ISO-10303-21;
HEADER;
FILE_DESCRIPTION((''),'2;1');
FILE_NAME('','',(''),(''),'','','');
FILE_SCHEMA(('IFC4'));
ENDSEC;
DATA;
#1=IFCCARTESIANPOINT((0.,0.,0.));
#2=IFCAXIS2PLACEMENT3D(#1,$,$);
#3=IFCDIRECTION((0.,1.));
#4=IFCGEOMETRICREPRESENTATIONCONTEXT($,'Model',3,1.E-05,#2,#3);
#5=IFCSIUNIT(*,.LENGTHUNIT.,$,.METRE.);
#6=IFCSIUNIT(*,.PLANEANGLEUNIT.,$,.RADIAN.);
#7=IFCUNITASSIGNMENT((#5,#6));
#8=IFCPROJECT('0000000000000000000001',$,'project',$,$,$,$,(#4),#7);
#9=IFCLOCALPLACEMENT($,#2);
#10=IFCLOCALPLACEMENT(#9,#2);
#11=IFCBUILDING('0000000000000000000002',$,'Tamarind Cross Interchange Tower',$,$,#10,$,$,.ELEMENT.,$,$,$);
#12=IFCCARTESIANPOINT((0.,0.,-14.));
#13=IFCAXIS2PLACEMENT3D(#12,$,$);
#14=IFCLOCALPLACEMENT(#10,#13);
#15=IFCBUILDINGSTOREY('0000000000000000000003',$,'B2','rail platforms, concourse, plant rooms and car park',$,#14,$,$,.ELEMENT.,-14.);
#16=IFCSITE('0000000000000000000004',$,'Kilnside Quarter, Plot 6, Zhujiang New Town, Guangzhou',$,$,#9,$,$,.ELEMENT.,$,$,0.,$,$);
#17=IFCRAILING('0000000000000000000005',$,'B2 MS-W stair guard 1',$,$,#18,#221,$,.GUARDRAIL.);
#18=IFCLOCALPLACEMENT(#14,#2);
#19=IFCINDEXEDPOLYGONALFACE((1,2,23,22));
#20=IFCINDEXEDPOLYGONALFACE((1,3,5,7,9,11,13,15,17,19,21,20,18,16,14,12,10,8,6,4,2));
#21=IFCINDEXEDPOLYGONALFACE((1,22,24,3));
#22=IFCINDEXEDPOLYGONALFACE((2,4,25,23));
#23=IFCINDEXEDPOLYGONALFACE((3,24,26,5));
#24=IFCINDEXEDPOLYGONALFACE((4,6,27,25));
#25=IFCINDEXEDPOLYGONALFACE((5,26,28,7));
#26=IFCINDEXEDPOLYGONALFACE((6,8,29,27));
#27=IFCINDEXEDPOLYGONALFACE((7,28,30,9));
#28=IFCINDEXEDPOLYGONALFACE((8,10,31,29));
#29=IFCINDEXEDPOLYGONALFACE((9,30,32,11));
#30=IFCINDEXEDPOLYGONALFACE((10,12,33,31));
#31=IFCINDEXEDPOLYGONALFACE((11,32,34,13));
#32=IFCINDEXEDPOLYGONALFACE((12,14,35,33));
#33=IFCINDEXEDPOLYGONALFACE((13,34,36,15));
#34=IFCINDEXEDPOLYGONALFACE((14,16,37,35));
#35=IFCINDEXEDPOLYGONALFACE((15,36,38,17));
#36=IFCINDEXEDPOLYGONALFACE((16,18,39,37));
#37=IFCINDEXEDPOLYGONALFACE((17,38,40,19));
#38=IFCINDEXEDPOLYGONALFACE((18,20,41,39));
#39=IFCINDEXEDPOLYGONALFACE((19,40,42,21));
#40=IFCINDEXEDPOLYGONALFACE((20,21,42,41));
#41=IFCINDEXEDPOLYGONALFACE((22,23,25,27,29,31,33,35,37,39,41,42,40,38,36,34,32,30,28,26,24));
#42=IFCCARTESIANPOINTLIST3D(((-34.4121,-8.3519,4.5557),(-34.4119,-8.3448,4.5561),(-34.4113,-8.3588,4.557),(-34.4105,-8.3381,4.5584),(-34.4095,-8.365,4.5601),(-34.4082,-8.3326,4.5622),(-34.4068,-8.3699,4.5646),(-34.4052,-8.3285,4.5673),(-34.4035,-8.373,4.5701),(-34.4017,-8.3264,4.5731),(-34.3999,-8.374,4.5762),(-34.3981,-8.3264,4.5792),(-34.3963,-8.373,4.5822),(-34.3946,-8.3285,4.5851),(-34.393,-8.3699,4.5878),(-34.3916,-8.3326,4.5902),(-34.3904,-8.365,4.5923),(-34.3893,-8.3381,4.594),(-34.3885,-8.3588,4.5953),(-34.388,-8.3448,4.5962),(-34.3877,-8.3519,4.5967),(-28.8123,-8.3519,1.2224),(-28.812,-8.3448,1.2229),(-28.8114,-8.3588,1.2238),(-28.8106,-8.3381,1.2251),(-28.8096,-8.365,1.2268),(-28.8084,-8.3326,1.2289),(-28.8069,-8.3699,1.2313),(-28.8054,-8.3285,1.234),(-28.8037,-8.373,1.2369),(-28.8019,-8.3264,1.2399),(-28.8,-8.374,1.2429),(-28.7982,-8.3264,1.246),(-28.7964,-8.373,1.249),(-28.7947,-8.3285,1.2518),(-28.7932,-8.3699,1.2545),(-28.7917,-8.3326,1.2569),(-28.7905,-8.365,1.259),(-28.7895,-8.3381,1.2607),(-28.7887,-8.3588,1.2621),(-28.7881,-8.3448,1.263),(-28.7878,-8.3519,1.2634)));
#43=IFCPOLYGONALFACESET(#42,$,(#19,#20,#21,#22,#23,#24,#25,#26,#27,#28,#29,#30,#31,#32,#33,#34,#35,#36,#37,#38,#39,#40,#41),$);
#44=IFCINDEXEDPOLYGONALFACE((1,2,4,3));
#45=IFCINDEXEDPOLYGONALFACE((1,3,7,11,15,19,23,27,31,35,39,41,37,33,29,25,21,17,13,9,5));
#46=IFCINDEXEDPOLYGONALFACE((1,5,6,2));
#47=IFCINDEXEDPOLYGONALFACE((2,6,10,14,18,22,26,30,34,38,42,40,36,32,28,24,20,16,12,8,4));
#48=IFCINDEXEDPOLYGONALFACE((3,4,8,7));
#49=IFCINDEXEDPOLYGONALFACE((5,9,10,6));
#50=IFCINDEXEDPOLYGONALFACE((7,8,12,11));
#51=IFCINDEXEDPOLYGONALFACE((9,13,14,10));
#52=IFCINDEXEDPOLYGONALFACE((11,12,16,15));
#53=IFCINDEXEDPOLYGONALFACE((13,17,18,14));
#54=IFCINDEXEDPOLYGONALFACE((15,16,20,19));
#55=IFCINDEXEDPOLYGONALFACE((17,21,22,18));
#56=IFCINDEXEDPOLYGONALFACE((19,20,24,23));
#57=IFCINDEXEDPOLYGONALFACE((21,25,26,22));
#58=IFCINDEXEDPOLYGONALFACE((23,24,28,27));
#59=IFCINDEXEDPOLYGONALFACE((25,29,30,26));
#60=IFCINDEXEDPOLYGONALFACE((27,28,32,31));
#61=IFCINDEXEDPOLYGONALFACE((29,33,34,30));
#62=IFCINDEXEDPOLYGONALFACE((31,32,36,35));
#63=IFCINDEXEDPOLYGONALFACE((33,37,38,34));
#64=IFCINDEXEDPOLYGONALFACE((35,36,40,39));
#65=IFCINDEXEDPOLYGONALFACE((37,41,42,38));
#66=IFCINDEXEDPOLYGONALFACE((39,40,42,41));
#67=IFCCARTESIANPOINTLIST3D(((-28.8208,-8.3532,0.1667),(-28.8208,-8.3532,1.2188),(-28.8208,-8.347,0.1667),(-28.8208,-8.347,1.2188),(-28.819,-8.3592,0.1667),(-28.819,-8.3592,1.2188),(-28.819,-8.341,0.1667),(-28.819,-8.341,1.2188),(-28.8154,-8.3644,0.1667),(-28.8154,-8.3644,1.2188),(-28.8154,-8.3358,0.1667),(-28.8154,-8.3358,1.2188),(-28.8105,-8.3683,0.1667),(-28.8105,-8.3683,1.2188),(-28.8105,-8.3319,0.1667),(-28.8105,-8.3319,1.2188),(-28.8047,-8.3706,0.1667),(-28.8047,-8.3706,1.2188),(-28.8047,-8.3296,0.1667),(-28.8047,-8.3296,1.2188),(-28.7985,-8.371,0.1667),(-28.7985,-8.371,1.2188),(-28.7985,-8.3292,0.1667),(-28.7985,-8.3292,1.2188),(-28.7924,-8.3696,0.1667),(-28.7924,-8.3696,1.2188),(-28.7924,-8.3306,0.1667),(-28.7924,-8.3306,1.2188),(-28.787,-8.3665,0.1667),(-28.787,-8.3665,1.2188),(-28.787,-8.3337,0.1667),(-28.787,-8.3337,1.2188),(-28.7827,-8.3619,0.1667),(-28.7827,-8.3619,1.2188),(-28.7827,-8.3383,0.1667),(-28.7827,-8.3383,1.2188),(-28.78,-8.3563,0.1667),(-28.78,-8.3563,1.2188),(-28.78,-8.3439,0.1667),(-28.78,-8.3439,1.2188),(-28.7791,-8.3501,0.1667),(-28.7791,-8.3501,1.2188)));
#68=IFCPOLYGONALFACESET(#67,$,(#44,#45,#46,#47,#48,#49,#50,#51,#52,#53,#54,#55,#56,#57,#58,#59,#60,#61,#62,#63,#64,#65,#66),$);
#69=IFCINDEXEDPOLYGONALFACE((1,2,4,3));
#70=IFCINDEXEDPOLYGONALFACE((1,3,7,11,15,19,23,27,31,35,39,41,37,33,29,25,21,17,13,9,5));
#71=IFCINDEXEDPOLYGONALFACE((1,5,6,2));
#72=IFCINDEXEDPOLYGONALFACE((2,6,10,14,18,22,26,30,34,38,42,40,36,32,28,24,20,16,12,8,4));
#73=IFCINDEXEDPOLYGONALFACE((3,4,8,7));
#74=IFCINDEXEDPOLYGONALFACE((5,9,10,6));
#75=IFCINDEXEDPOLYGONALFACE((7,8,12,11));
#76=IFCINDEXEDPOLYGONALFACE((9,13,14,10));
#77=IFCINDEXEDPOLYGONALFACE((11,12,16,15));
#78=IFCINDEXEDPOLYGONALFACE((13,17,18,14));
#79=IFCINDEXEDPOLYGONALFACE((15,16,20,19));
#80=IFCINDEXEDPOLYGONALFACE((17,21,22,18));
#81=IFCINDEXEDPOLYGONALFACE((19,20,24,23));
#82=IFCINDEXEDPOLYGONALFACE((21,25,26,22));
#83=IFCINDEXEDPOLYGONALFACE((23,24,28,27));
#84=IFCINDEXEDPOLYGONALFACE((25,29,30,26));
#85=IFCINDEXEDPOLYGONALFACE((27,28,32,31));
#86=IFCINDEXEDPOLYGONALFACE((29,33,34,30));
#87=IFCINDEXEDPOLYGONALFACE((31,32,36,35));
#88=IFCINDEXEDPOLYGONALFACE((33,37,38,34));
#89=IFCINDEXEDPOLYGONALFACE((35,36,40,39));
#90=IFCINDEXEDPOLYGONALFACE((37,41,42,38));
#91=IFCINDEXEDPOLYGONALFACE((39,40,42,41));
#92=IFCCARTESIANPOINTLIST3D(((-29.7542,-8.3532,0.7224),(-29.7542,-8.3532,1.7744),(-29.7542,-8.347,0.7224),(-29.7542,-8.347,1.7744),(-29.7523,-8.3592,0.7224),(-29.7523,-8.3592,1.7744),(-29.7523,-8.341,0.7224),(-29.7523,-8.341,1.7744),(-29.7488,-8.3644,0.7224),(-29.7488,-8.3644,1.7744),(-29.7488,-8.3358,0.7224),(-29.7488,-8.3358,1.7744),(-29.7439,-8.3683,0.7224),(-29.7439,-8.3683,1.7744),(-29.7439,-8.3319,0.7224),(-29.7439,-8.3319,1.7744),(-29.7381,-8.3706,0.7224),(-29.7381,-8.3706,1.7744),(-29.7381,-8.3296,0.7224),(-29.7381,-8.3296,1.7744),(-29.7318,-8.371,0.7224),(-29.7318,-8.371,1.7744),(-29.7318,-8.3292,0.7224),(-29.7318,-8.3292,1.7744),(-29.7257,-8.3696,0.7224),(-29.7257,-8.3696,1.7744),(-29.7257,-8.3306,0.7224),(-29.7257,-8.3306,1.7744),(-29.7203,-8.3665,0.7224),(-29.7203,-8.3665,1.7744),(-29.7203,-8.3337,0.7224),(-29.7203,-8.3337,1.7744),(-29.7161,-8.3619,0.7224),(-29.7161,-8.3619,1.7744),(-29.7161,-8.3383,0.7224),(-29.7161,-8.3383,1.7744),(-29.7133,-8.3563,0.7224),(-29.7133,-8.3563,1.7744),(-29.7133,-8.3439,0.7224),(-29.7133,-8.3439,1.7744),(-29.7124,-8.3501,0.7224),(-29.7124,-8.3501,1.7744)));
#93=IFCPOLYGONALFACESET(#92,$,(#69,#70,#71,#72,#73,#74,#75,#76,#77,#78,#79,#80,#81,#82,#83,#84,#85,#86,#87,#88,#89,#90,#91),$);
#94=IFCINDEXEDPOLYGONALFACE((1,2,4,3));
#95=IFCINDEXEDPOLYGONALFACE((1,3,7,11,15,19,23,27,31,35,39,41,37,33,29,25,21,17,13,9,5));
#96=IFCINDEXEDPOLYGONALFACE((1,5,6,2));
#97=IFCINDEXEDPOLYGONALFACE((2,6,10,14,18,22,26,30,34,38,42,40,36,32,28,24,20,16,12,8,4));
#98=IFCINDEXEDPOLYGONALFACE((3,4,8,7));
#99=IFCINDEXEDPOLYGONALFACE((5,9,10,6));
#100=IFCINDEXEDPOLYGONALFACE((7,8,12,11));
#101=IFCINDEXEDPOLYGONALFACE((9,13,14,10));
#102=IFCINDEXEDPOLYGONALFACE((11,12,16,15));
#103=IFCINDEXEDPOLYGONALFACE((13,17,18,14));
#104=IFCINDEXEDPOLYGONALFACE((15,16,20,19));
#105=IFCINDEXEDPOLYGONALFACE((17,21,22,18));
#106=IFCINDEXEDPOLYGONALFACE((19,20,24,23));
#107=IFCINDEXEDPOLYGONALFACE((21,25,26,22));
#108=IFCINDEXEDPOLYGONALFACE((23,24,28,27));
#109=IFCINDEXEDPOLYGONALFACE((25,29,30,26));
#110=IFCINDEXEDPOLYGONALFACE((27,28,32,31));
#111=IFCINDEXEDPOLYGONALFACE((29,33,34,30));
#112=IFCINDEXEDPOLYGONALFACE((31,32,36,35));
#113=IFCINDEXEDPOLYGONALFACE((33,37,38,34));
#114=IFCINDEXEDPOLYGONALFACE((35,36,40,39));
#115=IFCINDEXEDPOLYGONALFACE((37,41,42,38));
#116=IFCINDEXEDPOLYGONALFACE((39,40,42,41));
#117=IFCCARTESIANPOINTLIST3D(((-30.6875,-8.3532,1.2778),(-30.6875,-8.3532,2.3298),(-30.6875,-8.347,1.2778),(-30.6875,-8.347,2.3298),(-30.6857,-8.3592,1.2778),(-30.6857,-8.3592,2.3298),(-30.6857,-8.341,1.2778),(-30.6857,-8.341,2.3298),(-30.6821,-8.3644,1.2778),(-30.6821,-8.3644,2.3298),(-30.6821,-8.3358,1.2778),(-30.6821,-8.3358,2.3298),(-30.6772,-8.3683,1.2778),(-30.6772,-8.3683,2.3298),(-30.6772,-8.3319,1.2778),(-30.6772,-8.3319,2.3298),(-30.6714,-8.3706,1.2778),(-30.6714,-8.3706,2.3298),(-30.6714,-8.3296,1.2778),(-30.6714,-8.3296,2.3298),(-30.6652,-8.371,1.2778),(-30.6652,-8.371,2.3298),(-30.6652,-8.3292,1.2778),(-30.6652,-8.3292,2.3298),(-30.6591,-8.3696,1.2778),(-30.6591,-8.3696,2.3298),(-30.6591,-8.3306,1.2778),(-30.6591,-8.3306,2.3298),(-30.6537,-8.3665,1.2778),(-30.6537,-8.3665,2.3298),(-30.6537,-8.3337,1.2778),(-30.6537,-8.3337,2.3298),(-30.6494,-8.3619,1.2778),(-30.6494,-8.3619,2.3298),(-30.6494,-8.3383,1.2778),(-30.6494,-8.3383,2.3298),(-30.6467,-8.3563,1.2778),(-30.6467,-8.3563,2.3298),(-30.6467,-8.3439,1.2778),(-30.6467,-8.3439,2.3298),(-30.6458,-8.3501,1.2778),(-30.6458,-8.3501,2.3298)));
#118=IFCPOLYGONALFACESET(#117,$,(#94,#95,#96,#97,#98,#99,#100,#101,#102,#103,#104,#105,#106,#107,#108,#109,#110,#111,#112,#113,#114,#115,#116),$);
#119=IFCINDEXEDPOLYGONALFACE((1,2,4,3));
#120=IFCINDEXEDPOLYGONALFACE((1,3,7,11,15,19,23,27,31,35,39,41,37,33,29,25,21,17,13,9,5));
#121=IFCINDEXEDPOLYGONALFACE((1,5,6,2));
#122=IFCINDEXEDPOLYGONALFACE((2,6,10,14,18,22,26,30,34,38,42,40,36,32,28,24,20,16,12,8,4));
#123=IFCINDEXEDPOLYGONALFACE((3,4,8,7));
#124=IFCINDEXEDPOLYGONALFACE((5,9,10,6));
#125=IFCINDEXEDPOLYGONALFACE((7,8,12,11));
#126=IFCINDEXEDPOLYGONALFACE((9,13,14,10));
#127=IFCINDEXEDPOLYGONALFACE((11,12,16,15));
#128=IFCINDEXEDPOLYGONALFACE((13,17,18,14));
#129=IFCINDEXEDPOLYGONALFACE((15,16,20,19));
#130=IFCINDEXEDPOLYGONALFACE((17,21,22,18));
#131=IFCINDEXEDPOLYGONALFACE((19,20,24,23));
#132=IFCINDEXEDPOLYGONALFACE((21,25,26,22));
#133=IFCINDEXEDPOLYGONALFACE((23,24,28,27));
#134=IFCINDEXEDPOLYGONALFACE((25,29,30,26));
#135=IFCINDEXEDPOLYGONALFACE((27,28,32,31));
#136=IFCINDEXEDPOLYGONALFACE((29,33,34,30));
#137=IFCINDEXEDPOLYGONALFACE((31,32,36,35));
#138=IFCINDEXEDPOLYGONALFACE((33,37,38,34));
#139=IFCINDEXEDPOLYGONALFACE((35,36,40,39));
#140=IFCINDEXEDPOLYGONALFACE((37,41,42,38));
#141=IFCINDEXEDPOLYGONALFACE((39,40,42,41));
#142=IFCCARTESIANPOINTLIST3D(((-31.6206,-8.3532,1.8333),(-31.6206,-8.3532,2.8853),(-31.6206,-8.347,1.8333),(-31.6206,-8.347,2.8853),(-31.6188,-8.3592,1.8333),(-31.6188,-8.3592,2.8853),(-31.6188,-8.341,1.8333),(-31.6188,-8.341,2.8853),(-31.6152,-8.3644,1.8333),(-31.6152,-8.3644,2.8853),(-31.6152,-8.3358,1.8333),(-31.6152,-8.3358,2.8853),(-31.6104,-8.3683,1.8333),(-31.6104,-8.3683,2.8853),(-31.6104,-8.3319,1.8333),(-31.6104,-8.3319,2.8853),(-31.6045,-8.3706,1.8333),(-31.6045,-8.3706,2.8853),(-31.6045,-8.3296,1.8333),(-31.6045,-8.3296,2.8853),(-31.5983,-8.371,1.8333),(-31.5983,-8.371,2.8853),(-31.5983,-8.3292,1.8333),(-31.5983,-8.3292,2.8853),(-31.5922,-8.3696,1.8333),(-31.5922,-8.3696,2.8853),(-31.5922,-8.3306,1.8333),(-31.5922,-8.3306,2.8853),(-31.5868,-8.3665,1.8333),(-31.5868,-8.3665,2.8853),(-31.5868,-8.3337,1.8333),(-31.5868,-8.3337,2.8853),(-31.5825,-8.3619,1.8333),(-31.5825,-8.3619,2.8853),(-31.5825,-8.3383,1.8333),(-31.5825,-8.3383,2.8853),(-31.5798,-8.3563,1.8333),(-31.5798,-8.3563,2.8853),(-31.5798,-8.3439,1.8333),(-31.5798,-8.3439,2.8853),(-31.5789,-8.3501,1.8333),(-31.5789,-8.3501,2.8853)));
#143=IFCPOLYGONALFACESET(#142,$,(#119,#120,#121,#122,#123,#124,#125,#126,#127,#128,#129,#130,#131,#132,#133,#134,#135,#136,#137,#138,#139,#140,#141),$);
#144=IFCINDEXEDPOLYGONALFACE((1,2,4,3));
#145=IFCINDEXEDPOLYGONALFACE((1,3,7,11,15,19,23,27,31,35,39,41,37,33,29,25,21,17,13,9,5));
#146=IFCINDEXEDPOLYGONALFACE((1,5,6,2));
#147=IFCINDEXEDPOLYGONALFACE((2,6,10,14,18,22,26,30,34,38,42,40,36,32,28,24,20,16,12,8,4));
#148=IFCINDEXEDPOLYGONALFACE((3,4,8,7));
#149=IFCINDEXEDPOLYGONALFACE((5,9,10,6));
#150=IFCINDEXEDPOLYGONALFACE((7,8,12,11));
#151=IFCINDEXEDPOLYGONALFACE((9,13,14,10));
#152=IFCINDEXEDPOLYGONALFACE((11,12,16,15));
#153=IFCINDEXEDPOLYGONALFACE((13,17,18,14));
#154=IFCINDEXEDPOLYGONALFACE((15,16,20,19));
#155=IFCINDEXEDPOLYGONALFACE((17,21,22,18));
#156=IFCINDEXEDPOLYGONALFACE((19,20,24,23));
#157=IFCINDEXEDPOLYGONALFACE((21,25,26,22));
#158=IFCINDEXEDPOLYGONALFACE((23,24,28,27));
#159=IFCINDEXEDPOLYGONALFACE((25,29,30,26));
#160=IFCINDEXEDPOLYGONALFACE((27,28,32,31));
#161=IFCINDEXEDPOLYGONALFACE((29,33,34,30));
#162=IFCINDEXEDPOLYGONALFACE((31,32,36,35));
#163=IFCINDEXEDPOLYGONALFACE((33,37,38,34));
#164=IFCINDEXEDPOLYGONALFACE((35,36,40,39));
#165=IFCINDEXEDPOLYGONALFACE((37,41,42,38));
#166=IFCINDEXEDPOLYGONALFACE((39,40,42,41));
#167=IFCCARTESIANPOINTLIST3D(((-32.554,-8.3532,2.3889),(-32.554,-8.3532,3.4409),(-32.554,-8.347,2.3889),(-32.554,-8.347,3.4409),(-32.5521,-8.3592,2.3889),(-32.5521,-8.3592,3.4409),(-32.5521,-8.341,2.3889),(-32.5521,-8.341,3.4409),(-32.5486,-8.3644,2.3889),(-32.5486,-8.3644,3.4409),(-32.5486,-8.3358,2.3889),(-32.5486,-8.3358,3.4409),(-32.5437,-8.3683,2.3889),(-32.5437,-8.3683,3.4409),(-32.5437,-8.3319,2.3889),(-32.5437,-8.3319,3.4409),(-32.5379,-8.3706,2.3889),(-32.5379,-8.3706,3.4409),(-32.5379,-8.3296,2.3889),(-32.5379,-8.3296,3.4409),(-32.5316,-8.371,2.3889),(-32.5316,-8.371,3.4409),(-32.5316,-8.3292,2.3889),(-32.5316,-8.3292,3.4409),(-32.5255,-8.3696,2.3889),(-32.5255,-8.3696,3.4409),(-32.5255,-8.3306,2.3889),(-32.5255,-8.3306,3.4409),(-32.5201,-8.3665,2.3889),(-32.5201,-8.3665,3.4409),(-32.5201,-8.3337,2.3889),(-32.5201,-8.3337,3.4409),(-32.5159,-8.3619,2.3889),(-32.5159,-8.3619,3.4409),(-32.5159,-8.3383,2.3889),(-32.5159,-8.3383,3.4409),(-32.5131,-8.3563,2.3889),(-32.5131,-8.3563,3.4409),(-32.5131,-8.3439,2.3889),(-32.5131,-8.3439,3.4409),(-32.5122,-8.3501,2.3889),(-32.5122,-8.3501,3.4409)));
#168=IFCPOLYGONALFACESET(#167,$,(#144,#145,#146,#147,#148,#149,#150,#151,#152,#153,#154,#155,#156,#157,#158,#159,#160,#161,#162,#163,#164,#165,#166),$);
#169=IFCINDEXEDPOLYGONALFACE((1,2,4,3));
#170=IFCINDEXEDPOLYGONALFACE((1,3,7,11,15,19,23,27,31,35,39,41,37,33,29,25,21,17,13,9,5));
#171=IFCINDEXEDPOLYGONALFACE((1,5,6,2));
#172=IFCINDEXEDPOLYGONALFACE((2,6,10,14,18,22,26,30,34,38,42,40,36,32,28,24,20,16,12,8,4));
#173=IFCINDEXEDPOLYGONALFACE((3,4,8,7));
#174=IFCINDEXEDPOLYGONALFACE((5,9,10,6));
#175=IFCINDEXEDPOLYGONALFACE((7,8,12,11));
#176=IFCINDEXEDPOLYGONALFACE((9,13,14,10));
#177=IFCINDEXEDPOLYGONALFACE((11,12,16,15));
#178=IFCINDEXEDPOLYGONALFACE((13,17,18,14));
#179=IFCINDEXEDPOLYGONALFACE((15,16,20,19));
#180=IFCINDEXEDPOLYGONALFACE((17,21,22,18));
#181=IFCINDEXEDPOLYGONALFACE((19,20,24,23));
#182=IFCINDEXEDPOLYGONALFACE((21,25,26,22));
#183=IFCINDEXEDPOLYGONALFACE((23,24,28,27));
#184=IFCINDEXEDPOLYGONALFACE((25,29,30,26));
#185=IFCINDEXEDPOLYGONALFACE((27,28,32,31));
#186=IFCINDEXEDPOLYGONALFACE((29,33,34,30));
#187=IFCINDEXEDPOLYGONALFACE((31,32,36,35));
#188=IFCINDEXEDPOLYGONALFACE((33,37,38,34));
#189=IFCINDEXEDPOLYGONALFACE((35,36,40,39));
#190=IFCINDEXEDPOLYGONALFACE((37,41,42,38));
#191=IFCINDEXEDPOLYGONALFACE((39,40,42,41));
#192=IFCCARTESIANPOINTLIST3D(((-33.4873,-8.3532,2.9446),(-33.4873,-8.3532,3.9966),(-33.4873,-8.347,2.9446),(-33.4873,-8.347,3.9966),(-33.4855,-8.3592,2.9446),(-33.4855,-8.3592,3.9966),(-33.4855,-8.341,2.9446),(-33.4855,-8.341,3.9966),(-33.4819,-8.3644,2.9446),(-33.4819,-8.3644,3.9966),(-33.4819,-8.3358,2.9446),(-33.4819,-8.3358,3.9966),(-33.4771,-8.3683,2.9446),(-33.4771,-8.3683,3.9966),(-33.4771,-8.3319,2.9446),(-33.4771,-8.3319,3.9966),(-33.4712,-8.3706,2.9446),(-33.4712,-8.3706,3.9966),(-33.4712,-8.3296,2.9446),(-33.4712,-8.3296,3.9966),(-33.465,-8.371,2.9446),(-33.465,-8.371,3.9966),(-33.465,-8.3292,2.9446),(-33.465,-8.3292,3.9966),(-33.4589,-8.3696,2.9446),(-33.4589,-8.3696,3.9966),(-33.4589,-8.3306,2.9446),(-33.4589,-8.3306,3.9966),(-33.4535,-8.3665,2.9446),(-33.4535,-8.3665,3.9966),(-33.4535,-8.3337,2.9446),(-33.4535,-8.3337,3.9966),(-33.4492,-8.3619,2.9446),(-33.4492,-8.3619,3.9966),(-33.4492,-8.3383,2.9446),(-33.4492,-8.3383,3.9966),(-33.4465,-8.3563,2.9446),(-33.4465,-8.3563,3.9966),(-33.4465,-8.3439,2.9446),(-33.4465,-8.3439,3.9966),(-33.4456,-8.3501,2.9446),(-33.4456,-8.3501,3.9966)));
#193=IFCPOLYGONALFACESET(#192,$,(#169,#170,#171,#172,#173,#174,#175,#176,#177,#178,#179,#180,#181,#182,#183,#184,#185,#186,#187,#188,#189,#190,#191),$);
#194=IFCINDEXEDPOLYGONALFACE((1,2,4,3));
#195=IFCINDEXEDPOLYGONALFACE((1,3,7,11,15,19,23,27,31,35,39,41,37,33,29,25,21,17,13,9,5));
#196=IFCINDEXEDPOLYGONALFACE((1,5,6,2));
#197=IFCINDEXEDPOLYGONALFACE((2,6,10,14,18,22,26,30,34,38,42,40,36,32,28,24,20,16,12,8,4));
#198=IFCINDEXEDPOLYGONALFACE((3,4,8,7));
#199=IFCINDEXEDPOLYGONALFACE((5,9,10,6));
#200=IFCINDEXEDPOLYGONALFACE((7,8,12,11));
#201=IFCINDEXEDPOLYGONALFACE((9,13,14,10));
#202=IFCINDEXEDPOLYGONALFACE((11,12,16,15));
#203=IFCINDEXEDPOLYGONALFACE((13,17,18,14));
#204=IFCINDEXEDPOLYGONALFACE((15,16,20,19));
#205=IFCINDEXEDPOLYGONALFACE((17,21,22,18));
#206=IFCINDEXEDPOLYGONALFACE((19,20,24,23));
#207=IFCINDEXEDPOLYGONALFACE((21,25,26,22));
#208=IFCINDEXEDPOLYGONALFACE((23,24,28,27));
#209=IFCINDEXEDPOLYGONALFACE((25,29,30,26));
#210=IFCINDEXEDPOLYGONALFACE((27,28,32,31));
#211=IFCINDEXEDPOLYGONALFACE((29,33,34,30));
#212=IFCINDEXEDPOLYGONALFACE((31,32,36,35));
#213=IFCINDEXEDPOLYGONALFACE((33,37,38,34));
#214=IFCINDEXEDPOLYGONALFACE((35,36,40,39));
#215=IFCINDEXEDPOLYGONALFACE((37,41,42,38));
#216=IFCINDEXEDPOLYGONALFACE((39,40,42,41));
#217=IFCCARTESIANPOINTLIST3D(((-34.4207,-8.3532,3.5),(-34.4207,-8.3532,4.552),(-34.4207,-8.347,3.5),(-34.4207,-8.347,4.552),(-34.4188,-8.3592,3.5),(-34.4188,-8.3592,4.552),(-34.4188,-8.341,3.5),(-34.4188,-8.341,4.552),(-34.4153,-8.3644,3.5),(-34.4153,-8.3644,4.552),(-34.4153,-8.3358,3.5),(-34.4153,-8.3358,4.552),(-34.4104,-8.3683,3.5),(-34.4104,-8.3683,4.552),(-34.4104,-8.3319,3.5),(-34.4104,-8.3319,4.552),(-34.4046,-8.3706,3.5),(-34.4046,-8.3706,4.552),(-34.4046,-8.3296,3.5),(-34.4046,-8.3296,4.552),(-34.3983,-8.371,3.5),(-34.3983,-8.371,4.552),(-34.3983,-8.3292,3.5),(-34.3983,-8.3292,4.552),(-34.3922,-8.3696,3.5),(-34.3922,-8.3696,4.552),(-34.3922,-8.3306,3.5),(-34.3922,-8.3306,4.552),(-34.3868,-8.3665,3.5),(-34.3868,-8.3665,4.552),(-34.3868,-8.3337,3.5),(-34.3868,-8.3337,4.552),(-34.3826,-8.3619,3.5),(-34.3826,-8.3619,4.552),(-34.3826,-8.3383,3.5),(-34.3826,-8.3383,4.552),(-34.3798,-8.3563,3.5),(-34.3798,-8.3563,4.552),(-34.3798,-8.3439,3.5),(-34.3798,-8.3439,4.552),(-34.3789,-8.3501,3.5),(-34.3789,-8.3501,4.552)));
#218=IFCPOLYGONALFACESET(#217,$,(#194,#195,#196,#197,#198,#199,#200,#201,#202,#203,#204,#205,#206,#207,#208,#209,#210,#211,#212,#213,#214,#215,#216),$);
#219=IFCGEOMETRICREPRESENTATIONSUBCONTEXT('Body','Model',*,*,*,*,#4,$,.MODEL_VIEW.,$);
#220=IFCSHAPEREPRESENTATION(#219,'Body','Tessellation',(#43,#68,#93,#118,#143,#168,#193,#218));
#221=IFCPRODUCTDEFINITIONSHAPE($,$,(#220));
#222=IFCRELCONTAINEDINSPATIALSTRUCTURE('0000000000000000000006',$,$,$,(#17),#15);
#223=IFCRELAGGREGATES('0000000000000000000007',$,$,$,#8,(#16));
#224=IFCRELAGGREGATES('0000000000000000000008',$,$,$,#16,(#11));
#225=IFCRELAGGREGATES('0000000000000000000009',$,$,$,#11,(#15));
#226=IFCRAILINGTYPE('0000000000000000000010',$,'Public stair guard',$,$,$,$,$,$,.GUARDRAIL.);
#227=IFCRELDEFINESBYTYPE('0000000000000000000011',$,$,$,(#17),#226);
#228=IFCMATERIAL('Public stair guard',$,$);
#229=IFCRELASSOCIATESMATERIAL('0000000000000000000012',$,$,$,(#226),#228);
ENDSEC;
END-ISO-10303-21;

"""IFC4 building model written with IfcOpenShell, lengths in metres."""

from ifc_helpers import new_model, si_unit, direction, frame, origin, origin_2d, place, context, subcontext, project, spatial, circle, extrude, material, type_object, element, save


model = new_model("IFC4")

# Units and contexts
model_context = context("Model", 3, precision=1e-05, world=origin(), true_north=direction((0.0, 1.0)))
body_context = subcontext(model_context, "Body", "Model", "MODEL_VIEW")
ifc_project = project(units=[si_unit("LENGTHUNIT", "METRE"), si_unit("PLANEANGLEUNIT", "RADIAN")], contexts=[model_context])

# Site, building, storey
site_placement = place(None, origin())
site = spatial("IfcSite", under=ifc_project, at=site_placement, Name="Kilnside Quarter, Plot 6, Zhujiang New Town, Guangzhou", CompositionType="ELEMENT", RefElevation=0.0)
building_placement = place(site_placement, origin())
building = spatial("IfcBuilding", under=site, at=building_placement, Name="Tamarind Cross Interchange Tower", CompositionType="ELEMENT")
storey_placement = place(building_placement, frame((0.0, 0.0, -14.0)))
storey = spatial("IfcBuildingStorey", under=building, at=storey_placement, Name="B2", Description="rail platforms, concourse, plant rooms and car park", CompositionType="ELEMENT", Elevation=-14.0)

# Railing
ifc_material_1 = material(Name="Public stair guard")
railing_type_1 = type_object("IfcRailingType", Name="Public stair guard", PredefinedType="GUARDRAIL", material=ifc_material_1)
railing_1_placement = place(storey_placement, frame((-28.8, -8.3501, 0.1667)))
element("IfcRailing", 1, at=railing_1_placement, inside=storey, type_object=railing_type_1, Name="B2 MS-W stair guard 1", PredefinedType="GUARDRAIL", context=body_context, shape_type="SweptSolid", body=[
    extrude(circle(Radius=0.0239, at=origin_2d()), frame((0.0, 0.0, 1.0762), z_axis=(-0.859292, 0.0, 0.511485), x_axis=(0.0, -1.0, 0.0)), (0.0, 0.0, 1.0), 6.5168),
    extrude(circle(Radius=0.021, at=origin_2d()), origin(), (0.0, 0.0, 1.0), 1.052),
    extrude(circle(Radius=0.021, at=origin_2d()), frame((-0.9333, 0.0, 0.5557)), (0.0, 0.0, 1.0), 1.052),
    extrude(circle(Radius=0.021, at=origin_2d()), frame((-1.8667, 0.0, 1.1111)), (0.0, 0.0, 1.0), 1.052),
    extrude(circle(Radius=0.021, at=origin_2d()), frame((-2.7998, 0.0, 1.6665)), (0.0, 0.0, 1.0), 1.052),
    extrude(circle(Radius=0.021, at=origin_2d()), frame((-3.7332, 0.0, 2.2222)), (0.0, 0.0, 1.0), 1.052),
    extrude(circle(Radius=0.021, at=origin_2d()), frame((-4.6665, 0.0, 2.7778)), (0.0, 0.0, 1.0), 1.052),
    extrude(circle(Radius=0.021, at=origin_2d()), frame((-5.5999, 0.0, 3.3333)), (0.0, 0.0, 1.0), 1.052),
])

save(model, "model.ifc")
